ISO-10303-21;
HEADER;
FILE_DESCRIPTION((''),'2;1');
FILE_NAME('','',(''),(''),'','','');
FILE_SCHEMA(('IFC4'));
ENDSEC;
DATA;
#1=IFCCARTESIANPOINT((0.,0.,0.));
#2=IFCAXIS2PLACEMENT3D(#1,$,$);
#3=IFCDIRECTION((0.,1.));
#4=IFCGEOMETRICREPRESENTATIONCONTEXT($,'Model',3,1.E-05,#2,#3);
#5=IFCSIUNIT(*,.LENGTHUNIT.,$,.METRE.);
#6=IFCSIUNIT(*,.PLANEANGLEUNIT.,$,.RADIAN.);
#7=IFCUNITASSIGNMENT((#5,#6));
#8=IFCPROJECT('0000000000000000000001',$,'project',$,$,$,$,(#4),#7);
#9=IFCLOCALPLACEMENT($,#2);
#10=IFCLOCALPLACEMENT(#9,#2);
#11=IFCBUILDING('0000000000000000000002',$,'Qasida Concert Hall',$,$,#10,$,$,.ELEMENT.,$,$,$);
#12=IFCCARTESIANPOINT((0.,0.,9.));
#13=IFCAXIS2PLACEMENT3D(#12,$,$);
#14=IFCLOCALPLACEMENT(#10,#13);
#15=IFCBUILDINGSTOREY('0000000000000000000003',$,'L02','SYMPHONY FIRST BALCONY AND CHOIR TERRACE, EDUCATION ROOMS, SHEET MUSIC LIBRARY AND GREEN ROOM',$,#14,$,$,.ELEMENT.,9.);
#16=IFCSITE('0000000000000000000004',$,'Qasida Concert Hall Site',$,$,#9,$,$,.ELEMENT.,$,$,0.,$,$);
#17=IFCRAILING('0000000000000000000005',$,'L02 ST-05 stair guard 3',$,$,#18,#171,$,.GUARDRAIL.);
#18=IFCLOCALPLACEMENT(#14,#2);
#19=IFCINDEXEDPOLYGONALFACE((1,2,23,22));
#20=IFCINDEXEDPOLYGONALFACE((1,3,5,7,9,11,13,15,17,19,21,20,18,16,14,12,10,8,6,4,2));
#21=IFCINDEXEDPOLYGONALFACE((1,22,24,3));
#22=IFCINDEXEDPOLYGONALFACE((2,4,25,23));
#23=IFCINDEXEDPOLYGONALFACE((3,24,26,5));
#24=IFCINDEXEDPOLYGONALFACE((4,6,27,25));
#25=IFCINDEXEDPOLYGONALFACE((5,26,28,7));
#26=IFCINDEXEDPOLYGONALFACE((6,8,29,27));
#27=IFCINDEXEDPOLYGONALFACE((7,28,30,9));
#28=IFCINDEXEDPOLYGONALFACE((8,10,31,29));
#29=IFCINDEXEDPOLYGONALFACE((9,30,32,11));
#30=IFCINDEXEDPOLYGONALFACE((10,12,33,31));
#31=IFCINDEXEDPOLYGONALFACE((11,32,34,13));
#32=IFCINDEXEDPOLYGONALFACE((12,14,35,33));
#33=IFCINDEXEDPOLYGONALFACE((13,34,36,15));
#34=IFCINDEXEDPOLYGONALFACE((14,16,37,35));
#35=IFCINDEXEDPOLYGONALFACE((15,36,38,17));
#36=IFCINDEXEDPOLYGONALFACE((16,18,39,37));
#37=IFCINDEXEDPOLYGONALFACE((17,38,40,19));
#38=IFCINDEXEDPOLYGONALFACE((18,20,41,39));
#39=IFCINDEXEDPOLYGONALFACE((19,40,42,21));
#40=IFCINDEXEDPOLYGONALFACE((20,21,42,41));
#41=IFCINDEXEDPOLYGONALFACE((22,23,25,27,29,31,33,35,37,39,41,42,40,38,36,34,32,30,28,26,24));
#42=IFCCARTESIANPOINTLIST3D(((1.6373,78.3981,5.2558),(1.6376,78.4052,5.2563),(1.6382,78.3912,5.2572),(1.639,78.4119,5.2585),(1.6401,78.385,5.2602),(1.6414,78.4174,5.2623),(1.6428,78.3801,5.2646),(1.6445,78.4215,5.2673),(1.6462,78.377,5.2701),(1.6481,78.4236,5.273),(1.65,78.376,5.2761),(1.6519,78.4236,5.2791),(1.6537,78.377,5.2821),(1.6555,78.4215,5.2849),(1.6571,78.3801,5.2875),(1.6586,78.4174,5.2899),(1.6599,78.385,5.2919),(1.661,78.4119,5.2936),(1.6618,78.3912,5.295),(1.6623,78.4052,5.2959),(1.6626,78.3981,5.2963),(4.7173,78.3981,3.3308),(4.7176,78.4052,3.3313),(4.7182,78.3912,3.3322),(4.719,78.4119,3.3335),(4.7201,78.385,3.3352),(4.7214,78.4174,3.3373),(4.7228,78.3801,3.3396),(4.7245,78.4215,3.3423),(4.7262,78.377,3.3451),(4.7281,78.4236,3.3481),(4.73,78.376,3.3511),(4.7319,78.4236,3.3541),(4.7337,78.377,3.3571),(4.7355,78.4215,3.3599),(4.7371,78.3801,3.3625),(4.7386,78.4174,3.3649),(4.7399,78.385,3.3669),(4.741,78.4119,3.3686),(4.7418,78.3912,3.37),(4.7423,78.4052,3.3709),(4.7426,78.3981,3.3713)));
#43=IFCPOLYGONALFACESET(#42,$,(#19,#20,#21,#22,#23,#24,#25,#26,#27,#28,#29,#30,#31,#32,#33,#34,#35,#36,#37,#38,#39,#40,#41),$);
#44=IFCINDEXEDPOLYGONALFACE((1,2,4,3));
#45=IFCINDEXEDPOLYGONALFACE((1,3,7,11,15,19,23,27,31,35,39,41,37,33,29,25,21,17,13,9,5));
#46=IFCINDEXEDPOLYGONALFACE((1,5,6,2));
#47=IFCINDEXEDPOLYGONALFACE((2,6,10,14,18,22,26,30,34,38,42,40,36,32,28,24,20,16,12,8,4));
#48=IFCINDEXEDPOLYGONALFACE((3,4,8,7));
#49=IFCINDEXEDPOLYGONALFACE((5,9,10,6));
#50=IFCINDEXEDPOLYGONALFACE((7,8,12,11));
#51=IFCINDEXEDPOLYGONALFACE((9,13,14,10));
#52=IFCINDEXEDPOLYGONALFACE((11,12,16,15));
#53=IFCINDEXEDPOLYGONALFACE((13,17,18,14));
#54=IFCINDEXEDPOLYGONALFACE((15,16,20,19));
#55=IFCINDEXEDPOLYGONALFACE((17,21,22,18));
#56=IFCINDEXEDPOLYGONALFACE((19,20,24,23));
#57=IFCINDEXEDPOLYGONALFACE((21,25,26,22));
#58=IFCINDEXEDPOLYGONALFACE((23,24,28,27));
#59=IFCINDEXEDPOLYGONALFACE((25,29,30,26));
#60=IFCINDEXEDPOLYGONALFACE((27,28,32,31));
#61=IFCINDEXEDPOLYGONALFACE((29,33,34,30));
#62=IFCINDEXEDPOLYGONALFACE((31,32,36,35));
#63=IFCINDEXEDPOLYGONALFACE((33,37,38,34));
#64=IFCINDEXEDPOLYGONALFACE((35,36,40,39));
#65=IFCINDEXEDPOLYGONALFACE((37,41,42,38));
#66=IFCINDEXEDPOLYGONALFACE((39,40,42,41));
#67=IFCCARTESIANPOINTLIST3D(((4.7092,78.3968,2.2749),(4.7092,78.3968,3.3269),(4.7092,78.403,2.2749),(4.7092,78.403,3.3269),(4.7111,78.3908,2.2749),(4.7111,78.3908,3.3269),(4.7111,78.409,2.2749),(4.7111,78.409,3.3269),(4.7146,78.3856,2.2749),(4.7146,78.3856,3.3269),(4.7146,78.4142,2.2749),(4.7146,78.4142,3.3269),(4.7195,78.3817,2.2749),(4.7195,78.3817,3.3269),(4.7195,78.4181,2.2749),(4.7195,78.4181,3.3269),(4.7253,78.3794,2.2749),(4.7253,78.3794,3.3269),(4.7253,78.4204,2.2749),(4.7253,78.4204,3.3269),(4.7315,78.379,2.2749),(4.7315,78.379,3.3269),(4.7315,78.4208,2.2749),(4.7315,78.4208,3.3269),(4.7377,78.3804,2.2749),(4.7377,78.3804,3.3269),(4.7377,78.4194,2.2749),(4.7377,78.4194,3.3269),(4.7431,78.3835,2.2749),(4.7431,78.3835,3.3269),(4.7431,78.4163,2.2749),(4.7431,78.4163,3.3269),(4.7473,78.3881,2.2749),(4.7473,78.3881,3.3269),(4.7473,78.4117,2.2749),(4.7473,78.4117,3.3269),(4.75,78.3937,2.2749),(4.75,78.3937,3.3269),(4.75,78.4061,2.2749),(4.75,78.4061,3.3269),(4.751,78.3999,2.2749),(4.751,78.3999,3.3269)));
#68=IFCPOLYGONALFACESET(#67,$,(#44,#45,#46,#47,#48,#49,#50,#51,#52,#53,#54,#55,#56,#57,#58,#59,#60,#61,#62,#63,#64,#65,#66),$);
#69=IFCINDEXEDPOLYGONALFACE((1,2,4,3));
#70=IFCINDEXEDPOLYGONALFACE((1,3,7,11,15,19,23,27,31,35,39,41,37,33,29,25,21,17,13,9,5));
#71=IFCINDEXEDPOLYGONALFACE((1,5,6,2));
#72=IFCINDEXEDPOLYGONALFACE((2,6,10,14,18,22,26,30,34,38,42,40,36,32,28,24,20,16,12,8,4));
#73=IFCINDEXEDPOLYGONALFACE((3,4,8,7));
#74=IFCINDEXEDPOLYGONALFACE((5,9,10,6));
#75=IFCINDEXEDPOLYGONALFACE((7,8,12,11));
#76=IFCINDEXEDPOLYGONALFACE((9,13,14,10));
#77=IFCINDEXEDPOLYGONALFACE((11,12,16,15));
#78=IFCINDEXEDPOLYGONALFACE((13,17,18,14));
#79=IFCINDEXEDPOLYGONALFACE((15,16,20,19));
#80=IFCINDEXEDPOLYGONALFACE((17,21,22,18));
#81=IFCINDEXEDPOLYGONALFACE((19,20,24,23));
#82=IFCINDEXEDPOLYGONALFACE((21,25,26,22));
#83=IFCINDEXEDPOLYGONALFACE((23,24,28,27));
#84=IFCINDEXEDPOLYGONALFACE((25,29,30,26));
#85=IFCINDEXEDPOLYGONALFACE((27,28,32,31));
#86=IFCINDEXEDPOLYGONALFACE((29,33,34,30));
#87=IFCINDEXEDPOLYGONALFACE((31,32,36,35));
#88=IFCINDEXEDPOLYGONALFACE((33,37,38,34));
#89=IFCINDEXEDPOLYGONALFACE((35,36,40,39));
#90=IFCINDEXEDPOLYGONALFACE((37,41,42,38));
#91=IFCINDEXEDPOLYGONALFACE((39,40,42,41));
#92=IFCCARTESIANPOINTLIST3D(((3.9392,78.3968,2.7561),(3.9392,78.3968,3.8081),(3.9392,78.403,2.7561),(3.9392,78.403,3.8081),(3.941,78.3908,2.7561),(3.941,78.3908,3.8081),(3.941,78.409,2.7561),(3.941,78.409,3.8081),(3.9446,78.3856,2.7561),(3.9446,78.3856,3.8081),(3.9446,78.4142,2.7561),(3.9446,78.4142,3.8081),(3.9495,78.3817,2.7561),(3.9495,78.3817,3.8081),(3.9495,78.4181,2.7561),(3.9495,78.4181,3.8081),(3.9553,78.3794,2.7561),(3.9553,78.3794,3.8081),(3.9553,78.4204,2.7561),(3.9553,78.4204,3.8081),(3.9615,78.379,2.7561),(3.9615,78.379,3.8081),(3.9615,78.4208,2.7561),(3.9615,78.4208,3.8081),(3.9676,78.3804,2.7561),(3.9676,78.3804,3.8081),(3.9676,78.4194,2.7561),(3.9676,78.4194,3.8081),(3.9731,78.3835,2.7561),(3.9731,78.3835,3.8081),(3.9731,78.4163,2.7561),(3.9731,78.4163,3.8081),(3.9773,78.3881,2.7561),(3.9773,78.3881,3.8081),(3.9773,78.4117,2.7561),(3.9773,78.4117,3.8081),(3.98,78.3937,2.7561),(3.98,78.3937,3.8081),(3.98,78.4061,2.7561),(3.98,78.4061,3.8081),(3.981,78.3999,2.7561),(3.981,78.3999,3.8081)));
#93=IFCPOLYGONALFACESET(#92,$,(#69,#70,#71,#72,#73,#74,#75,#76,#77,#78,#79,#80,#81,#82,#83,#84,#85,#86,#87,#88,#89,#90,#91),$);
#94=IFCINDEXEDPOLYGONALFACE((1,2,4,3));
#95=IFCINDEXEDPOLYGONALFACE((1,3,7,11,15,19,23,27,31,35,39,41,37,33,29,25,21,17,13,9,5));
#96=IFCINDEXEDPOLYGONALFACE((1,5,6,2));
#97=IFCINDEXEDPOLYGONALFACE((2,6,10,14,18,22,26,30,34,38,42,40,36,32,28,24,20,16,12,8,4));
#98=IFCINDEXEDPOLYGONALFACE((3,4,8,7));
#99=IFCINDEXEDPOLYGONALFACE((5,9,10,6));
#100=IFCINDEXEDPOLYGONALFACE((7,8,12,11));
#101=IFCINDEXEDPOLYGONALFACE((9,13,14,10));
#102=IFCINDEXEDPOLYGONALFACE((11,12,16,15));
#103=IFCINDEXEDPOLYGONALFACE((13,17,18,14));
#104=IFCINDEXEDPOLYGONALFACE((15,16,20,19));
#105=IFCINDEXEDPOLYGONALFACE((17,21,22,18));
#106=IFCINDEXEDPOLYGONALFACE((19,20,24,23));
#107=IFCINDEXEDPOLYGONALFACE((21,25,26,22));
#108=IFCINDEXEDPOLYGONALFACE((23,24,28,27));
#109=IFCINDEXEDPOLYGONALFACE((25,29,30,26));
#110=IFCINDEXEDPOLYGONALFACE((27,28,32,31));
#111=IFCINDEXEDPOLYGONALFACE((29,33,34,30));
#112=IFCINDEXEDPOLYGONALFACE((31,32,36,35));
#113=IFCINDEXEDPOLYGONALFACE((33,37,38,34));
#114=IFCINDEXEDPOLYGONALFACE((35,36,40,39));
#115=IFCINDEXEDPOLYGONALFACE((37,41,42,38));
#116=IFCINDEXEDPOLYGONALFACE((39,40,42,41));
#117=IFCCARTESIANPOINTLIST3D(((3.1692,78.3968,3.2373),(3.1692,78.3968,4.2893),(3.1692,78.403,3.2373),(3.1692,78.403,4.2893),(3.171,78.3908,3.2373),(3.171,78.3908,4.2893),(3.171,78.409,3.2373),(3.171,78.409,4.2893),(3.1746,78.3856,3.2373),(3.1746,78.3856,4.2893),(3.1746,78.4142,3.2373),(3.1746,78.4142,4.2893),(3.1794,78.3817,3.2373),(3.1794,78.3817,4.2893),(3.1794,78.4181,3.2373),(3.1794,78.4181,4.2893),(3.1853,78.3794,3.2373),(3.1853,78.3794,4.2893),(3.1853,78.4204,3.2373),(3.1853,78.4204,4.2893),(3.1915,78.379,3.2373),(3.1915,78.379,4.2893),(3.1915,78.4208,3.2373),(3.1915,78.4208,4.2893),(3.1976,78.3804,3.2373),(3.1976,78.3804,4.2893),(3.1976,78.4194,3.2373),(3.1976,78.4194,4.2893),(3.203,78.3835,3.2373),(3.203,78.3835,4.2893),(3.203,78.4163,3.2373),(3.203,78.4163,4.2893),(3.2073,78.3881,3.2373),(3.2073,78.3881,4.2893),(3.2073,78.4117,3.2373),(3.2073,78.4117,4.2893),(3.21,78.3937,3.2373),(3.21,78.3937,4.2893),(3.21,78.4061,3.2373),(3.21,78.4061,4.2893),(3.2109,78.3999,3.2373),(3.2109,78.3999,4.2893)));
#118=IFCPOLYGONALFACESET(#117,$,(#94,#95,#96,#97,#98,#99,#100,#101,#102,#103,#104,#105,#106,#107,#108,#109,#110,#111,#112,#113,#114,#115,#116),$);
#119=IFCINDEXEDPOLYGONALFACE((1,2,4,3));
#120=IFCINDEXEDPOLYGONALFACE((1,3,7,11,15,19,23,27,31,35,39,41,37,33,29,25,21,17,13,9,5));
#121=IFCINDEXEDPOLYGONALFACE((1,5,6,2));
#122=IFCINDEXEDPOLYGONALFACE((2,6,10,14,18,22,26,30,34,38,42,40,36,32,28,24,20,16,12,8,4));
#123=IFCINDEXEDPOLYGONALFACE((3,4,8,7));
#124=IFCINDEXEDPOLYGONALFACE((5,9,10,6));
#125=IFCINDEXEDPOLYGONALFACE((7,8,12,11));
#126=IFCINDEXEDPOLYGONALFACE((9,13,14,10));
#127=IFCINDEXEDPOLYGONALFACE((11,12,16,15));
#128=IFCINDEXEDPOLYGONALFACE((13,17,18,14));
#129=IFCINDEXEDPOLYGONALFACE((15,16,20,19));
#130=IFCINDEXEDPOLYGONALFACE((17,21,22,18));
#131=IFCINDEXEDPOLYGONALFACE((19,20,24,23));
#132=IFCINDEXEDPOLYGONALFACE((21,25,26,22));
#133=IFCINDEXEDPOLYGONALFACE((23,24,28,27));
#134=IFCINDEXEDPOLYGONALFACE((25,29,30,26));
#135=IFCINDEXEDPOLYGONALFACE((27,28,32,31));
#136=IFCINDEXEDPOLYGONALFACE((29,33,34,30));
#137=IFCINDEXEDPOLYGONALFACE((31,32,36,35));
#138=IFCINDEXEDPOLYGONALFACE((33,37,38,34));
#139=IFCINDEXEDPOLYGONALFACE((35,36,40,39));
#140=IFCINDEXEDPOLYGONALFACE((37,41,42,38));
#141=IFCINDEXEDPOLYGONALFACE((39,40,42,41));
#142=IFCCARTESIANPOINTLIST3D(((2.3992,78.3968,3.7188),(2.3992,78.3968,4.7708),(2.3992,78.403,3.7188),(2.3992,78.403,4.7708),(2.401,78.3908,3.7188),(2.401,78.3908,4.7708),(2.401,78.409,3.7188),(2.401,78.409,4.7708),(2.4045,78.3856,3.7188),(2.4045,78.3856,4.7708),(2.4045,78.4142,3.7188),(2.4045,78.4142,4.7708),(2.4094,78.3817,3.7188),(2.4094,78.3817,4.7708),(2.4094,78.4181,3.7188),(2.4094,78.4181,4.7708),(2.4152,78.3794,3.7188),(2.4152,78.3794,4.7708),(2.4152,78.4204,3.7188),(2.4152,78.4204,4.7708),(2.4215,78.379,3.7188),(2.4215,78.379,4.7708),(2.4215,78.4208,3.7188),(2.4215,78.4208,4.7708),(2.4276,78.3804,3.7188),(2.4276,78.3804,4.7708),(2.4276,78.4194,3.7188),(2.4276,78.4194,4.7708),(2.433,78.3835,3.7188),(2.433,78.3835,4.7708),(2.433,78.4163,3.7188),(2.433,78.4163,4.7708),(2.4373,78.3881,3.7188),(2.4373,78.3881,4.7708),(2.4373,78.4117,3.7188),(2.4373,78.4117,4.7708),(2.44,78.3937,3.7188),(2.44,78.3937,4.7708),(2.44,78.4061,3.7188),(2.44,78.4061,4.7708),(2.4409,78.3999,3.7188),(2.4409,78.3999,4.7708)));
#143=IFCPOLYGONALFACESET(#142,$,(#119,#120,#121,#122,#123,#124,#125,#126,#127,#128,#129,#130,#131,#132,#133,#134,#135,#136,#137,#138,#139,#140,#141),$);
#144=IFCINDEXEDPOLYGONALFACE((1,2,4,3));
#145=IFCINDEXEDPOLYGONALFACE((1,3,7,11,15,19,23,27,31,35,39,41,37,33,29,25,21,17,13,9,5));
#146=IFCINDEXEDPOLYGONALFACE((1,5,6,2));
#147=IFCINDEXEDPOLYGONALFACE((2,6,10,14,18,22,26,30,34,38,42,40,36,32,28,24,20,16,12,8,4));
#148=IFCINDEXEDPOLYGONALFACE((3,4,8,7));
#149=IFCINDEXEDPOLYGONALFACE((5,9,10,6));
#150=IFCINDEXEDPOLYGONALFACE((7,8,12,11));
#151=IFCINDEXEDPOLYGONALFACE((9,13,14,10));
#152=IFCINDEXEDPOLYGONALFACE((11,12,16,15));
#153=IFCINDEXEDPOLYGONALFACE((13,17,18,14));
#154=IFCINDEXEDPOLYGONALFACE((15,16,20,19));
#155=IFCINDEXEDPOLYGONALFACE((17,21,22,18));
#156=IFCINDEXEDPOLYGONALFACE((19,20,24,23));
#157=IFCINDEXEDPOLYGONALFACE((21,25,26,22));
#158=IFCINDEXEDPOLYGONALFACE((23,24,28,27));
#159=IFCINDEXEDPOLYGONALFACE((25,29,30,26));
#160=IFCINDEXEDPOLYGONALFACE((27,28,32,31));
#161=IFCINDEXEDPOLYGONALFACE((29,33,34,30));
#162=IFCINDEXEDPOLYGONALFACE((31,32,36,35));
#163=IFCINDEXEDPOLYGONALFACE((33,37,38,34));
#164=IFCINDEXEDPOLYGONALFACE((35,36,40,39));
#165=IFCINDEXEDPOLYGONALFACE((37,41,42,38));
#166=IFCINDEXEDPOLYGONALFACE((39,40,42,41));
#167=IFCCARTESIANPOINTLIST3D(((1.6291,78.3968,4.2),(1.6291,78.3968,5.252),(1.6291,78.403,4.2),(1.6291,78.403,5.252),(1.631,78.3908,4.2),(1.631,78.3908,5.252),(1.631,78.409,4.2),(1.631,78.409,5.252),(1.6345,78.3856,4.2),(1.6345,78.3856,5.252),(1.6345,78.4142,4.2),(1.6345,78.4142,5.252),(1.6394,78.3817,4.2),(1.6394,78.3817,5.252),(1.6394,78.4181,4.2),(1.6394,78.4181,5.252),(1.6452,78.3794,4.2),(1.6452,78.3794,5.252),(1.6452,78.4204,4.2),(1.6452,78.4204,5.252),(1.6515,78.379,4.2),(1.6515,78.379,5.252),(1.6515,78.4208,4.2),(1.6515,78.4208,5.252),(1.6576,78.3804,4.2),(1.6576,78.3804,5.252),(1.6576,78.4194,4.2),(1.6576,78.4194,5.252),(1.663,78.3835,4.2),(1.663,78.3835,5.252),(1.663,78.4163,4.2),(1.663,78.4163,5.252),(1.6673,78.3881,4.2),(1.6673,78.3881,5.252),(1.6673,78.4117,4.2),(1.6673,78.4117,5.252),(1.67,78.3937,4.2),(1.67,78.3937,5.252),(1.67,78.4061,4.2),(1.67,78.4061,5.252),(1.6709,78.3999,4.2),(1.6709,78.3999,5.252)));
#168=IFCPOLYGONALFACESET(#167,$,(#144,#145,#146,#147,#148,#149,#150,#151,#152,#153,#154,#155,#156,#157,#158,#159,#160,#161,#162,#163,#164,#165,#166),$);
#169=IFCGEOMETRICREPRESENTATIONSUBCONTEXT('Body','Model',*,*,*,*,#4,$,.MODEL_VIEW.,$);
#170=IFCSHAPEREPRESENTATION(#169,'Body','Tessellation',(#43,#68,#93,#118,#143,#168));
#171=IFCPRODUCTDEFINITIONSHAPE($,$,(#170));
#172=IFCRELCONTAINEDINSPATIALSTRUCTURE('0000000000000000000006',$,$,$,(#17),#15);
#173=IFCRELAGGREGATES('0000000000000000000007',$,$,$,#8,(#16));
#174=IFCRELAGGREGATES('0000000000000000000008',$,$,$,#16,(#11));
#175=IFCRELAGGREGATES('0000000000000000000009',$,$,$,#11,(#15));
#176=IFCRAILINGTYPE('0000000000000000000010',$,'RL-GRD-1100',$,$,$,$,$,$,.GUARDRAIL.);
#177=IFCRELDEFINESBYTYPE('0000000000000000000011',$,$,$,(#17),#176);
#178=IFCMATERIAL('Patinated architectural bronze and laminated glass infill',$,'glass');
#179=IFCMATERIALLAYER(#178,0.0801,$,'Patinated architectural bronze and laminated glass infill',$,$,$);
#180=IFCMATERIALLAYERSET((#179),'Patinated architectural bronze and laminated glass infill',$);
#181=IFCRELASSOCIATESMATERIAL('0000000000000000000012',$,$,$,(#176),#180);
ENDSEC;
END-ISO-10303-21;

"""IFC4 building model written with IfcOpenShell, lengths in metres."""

from ifc_helpers import new_model, si_unit, direction, frame, origin, origin_2d, place, context, subcontext, project, spatial, circle, extrude, material, layer, layer_set, type_object, element, save


model = new_model("IFC4")

# Units and contexts
model_context = context("Model", 3, precision=1e-05, world=origin(), true_north=direction((0.0, 1.0)))
body_context = subcontext(model_context, "Body", "Model", "MODEL_VIEW")
ifc_project = project(units=[si_unit("LENGTHUNIT", "METRE"), si_unit("PLANEANGLEUNIT", "RADIAN")], contexts=[model_context])

# Site, building, storey
site_placement = place(None, origin())
site = spatial("IfcSite", under=ifc_project, at=site_placement, Name="Qasida Concert Hall Site", CompositionType="ELEMENT", RefElevation=0.0)
building_placement = place(site_placement, origin())
building = spatial("IfcBuilding", under=site, at=building_placement, Name="Qasida Concert Hall", CompositionType="ELEMENT")
storey_placement = place(building_placement, frame((0.0, 0.0, 9.0)))
storey = spatial("IfcBuildingStorey", under=building, at=storey_placement, Name="L02", Description="SYMPHONY FIRST BALCONY AND CHOIR TERRACE, EDUCATION ROOMS, SHEET MUSIC LIBRARY AND GREEN ROOM", CompositionType="ELEMENT", Elevation=9.0)

# Railing
ifc_material_1 = material(Name="Patinated architectural bronze and laminated glass infill", Category="glass")
ifc_layer_1 = layer(ifc_material_1, 0.0801, Name="Patinated architectural bronze and laminated glass infill")
ifc_layer_set_1 = layer_set([ifc_layer_1], Name="Patinated architectural bronze and laminated glass infill")
railing_type_1 = type_object("IfcRailingType", Name="RL-GRD-1100", PredefinedType="GUARDRAIL", material=ifc_layer_set_1)
railing_1_placement = place(storey_placement, frame((4.73, 78.3999, 2.2749)))
element("IfcRailing", 1, at=railing_1_placement, inside=storey, type_object=railing_type_1, Name="L02 ST-05 stair guard 3", PredefinedType="GUARDRAIL", context=body_context, shape_type="SweptSolid", body=[
    extrude(circle(Radius=0.0239, at=origin_2d()), frame((0.0, 0.0, 1.0762), z_axis=(-0.847998, 0.0, 0.529999), x_axis=(0.0, -1.0, 0.0)), (0.0, 0.0, 1.0), 3.6321),
    extrude(circle(Radius=0.021, at=origin_2d()), origin(), (0.0, 0.0, 1.0), 1.052),
    extrude(circle(Radius=0.021, at=origin_2d()), frame((-0.77, 0.0, 0.4812)), (0.0, 0.0, 1.0), 1.052),
    extrude(circle(Radius=0.021, at=origin_2d()), frame((-1.54, 0.0, 0.9624)), (0.0, 0.0, 1.0), 1.052),
    extrude(circle(Radius=0.021, at=origin_2d()), frame((-2.3101, 0.0, 1.4438)), (0.0, 0.0, 1.0), 1.052),
    extrude(circle(Radius=0.021, at=origin_2d()), frame((-3.0801, 0.0, 1.925)), (0.0, 0.0, 1.0), 1.052),
])

save(model, "model.ifc")
